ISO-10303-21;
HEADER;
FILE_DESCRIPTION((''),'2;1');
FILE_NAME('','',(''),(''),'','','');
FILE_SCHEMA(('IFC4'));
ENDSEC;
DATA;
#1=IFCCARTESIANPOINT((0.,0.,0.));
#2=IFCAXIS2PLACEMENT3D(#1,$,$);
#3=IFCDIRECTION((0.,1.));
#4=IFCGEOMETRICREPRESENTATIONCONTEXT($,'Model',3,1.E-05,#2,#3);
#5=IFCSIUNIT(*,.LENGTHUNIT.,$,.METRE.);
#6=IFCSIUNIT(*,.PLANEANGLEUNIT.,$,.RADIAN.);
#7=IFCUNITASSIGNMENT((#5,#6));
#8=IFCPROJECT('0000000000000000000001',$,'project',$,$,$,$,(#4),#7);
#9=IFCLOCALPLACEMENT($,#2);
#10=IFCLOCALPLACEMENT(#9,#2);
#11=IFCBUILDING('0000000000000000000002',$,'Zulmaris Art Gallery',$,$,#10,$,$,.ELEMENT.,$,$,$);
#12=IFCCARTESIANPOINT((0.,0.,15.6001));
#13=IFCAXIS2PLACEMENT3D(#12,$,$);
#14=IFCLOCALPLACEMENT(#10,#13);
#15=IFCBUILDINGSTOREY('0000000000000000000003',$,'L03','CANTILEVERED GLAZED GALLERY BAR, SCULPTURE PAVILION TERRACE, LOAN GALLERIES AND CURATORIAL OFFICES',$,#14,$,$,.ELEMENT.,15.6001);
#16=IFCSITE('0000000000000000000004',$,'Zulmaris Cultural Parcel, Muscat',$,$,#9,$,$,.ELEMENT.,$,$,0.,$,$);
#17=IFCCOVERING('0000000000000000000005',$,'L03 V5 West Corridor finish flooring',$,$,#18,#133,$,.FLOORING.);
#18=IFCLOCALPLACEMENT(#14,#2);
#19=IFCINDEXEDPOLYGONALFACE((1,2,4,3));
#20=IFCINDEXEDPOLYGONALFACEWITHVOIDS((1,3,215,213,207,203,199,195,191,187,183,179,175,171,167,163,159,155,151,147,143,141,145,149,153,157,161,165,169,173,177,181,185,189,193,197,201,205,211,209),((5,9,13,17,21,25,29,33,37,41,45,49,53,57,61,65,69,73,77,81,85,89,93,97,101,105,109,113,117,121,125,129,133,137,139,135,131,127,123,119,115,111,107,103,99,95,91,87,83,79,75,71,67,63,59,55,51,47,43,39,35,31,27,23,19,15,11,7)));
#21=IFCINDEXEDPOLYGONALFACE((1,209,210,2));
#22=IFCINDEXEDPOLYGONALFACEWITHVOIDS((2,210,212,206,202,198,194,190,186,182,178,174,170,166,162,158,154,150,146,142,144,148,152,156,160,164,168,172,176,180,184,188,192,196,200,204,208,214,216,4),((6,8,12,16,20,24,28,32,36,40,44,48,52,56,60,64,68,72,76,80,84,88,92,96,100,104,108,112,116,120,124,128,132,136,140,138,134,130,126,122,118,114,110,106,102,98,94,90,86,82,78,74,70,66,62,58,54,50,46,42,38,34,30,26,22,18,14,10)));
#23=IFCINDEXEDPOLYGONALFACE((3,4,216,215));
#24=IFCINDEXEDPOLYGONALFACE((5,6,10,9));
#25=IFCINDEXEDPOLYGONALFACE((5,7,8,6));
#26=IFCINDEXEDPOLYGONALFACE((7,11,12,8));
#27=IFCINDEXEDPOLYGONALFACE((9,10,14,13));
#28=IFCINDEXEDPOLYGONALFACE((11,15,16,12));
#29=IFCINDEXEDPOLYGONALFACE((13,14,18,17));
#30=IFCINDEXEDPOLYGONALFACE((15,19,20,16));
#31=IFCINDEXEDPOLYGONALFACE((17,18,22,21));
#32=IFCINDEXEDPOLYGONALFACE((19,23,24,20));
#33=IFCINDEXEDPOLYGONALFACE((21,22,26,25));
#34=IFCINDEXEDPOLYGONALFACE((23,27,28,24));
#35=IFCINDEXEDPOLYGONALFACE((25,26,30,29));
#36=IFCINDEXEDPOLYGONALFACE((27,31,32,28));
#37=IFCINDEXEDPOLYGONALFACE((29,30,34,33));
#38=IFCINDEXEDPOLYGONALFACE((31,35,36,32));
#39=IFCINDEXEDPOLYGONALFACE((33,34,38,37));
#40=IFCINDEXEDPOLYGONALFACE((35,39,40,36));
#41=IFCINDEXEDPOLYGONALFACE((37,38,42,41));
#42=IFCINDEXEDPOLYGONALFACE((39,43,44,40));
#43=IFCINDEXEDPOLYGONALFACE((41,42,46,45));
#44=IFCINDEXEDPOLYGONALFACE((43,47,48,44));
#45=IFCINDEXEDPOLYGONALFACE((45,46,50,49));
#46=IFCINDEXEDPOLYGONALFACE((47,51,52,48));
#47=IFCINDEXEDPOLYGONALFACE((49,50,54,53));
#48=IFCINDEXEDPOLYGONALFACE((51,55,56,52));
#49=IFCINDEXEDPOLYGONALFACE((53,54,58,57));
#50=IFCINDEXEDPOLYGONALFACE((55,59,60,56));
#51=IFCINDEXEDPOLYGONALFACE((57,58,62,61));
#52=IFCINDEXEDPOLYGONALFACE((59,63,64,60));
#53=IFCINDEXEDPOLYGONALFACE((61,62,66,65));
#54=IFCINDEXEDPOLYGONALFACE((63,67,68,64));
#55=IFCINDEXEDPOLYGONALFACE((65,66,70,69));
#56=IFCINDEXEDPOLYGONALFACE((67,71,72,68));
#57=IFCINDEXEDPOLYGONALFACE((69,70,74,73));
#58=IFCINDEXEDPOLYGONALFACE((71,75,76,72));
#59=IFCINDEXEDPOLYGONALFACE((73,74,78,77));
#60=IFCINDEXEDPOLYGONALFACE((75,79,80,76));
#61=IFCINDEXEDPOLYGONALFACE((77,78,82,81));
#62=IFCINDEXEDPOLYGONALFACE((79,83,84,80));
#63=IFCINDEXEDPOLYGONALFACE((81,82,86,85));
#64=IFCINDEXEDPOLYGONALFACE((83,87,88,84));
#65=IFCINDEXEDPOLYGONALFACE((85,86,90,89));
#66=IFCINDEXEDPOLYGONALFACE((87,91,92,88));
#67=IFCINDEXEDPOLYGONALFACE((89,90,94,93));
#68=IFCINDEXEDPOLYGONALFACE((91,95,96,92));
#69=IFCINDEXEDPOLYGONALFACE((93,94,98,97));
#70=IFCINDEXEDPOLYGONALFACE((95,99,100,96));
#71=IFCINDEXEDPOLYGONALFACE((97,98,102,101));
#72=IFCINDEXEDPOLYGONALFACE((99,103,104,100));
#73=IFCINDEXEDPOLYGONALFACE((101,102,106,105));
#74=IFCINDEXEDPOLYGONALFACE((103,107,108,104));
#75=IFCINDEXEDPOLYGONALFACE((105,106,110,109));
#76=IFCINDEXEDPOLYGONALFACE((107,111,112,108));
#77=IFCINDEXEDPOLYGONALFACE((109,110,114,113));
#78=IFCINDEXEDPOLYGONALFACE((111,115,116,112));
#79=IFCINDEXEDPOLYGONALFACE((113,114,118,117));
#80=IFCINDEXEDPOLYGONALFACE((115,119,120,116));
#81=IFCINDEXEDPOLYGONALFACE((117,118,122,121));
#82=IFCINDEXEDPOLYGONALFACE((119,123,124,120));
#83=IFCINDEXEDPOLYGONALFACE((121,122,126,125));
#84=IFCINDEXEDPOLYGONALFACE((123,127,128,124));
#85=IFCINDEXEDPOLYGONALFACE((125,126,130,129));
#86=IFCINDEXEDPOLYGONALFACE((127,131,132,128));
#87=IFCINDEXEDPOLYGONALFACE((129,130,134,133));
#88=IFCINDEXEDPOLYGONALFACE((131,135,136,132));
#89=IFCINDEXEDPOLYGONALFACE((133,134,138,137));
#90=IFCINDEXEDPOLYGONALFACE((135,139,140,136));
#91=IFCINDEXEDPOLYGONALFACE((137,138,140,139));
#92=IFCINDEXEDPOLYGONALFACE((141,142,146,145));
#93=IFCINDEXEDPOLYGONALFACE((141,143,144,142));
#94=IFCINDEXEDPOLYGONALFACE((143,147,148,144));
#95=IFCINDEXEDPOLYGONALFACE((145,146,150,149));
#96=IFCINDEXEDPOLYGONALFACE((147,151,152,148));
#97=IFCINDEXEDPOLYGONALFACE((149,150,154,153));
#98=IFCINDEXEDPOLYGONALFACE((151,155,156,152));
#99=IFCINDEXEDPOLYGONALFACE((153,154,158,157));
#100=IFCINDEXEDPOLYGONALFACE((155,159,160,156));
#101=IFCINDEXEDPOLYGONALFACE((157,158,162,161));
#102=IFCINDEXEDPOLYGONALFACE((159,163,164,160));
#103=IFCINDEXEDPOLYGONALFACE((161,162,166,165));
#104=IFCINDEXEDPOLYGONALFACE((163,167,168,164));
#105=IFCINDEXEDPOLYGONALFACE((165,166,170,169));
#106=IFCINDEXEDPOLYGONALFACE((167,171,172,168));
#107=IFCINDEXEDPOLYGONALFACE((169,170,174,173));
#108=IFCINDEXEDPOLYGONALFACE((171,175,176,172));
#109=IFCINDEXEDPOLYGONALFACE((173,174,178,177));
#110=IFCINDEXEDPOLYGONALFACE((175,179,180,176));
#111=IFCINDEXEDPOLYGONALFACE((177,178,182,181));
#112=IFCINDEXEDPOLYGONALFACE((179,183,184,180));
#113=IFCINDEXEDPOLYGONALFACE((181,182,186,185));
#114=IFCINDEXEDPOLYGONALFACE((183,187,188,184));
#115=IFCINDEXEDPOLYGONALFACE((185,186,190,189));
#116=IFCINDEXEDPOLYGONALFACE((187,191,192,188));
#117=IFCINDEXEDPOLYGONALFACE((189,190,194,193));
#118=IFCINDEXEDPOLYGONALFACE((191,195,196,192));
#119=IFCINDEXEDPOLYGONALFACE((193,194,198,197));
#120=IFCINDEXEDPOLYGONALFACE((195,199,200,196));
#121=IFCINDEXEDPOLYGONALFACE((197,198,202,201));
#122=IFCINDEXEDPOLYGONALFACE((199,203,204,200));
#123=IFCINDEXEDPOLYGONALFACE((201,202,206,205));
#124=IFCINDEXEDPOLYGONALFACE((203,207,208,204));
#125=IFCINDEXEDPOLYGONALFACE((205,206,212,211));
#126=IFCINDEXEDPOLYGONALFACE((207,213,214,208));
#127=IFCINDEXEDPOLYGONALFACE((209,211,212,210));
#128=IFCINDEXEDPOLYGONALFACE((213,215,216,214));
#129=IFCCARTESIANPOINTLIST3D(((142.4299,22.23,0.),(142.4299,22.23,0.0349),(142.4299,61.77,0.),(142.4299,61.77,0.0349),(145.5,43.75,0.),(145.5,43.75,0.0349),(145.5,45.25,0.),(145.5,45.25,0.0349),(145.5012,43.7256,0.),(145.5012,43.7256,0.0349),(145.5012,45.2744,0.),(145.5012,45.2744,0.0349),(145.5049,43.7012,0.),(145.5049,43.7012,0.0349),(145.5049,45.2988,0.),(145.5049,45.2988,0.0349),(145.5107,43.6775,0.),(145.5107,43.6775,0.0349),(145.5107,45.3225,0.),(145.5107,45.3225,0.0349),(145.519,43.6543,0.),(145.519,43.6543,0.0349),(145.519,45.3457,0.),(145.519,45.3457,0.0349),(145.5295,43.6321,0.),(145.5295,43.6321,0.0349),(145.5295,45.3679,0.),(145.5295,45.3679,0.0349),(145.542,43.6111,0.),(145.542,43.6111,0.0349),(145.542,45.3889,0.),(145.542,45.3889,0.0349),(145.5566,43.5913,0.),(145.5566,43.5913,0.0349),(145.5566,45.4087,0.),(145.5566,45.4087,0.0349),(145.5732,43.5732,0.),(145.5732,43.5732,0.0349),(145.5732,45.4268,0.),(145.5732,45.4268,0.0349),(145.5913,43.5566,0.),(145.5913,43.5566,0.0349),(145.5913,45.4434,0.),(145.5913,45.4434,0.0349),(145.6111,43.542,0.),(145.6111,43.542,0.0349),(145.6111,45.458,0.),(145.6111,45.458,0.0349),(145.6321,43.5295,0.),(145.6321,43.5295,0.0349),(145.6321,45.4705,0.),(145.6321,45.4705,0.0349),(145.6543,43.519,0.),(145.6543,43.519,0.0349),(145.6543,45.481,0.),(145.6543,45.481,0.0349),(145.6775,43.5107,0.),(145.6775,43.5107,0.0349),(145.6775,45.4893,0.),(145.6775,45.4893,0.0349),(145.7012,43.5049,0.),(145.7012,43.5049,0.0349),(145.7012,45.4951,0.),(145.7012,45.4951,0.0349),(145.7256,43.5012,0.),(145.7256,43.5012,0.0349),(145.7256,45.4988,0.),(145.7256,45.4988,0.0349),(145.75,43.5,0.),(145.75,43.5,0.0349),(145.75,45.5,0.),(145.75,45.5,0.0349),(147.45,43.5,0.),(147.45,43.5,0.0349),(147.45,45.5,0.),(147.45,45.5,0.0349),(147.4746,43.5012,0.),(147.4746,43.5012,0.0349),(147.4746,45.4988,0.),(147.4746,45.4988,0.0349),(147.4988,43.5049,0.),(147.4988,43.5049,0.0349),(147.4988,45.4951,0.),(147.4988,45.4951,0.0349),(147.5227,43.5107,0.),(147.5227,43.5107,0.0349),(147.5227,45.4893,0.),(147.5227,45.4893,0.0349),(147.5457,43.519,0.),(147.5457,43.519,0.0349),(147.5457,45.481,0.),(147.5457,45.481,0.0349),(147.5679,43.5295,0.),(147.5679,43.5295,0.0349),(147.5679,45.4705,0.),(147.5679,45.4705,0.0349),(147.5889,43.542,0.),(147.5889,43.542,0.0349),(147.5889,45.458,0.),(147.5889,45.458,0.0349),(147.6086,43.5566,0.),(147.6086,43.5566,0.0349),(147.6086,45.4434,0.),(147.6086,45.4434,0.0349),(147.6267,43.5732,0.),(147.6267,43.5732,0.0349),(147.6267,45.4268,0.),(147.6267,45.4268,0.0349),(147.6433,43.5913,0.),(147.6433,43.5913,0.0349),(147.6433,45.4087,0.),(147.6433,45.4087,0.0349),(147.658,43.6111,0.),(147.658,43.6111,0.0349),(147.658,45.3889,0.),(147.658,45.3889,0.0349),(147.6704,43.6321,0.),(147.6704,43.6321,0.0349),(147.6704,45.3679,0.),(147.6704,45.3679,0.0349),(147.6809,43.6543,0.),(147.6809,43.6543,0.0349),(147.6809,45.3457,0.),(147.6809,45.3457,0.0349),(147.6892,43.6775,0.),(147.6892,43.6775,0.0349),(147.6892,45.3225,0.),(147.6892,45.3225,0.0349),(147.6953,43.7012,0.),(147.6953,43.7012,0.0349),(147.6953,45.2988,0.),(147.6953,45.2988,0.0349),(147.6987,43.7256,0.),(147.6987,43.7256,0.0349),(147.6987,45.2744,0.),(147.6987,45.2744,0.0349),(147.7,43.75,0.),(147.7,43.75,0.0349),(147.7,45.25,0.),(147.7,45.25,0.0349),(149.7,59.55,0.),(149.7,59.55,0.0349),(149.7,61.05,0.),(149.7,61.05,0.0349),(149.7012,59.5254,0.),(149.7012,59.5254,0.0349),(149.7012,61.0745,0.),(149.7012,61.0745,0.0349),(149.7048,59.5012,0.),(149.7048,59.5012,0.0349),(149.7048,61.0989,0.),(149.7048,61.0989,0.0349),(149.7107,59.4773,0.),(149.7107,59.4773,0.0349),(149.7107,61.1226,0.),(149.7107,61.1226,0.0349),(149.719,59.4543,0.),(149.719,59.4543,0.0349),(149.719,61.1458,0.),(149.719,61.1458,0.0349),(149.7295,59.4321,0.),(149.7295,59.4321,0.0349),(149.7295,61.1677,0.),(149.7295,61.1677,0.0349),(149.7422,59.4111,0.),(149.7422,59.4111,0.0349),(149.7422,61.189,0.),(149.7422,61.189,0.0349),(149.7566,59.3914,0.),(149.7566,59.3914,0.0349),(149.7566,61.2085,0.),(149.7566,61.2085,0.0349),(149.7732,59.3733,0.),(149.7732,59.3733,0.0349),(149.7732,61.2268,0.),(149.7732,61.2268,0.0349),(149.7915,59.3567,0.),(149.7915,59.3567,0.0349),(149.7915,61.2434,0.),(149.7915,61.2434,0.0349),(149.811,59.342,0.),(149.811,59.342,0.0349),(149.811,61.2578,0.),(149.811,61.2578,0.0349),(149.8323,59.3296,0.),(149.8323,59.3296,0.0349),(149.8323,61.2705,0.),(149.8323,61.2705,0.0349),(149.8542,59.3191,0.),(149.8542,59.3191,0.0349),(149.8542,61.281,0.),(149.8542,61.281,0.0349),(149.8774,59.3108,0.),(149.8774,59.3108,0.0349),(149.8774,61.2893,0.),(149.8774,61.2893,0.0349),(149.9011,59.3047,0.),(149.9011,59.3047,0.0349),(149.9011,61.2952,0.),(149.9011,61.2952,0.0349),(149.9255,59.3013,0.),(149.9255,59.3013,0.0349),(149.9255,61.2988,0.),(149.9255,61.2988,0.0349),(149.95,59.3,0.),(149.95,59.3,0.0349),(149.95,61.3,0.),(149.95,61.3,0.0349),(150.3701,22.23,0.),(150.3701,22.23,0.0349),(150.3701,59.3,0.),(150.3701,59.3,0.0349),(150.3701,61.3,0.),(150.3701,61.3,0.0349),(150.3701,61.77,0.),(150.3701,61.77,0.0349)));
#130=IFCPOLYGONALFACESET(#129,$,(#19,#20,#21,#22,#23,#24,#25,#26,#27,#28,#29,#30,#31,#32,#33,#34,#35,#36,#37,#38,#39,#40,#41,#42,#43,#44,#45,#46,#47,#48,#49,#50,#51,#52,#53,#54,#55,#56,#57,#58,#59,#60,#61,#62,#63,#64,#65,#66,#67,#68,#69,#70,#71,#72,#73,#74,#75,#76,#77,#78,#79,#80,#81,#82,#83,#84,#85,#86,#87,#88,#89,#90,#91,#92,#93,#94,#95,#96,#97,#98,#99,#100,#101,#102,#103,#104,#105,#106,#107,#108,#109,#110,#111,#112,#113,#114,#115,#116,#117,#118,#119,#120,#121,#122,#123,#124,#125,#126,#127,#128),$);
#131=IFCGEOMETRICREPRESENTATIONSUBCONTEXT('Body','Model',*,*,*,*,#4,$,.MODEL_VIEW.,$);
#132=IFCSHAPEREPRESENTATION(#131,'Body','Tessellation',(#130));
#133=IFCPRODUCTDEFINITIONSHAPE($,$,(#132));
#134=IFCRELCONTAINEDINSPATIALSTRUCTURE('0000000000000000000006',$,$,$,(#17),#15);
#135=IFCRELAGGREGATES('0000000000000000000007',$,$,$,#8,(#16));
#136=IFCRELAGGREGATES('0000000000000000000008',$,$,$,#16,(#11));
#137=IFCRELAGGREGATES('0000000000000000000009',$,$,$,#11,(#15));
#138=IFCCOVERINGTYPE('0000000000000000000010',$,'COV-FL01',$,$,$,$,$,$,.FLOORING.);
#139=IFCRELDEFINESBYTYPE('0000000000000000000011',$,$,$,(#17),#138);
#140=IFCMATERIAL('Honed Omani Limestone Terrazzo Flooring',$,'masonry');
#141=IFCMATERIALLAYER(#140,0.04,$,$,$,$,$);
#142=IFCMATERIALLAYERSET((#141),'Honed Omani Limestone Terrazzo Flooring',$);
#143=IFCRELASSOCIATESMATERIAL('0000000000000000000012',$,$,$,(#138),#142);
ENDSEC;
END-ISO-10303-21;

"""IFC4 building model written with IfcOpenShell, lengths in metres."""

from ifc_helpers import new_model, si_unit, direction, frame, origin, place, context, subcontext, project, spatial, polyline, outline, extrude, material, layer, layer_set, type_object, element, save


model = new_model("IFC4")

# Units and contexts
model_context = context("Model", 3, precision=1e-05, world=origin(), true_north=direction((0.0, 1.0)))
body_context = subcontext(model_context, "Body", "Model", "MODEL_VIEW")
ifc_project = project(units=[si_unit("LENGTHUNIT", "METRE"), si_unit("PLANEANGLEUNIT", "RADIAN")], contexts=[model_context])

# Site, building, storey
site_placement = place(None, origin())
site = spatial("IfcSite", under=ifc_project, at=site_placement, Name="Zulmaris Cultural Parcel, Muscat", CompositionType="ELEMENT", RefElevation=0.0)
building_placement = place(site_placement, origin())
building = spatial("IfcBuilding", under=site, at=building_placement, Name="Zulmaris Art Gallery", CompositionType="ELEMENT")
storey_placement = place(building_placement, frame((0.0, 0.0, 15.6001)))
storey = spatial("IfcBuildingStorey", under=building, at=storey_placement, Name="L03", Description="CANTILEVERED GLAZED GALLERY BAR, SCULPTURE PAVILION TERRACE, LOAN GALLERIES AND CURATORIAL OFFICES", CompositionType="ELEMENT", Elevation=15.6001)

# Covering
ifc_material_1 = material(Name="Honed Omani Limestone Terrazzo Flooring", Category="masonry")
ifc_layer_1 = layer(ifc_material_1, 0.04)
ifc_layer_set_1 = layer_set([ifc_layer_1], Name="Honed Omani Limestone Terrazzo Flooring")
covering_type_1 = type_object("IfcCoveringType", Name="COV-FL01", PredefinedType="FLOORING", material=ifc_layer_set_1)
covering_1_placement = place(storey_placement, origin())
element("IfcCovering", 1, at=covering_1_placement, inside=storey, type_object=covering_type_1, Name="L03 V5 West Corridor finish flooring", PredefinedType="FLOORING", context=body_context, shape_type="SweptSolid", body=[
    extrude(outline(polyline([(150.3701, 61.77), (150.3701, 61.3), (149.95, 61.3), (149.9255, 61.2988), (149.9011, 61.2952), (149.8774, 61.2893), (149.8542, 61.281), (149.8323, 61.2705), (149.811, 61.2578), (149.7915, 61.2434), (149.7732, 61.2268), (149.7566, 61.2085), (149.7422, 61.189), (149.7295, 61.1677), (149.719, 61.1458), (149.7107, 61.1226), (149.7048, 61.0989), (149.7012, 61.0745), (149.7, 61.05), (149.7, 59.55), (149.7012, 59.5254), (149.7048, 59.5012), (149.7107, 59.4773), (149.719, 59.4543), (149.7295, 59.4321), (149.7422, 59.4111), (149.7566, 59.3914), (149.7732, 59.3733), (149.7915, 59.3567), (149.811, 59.342), (149.8323, 59.3296), (149.8542, 59.3191), (149.8774, 59.3108), (149.9011, 59.3047), (149.9255, 59.3013), (149.95, 59.3), (150.3701, 59.3), (150.3701, 22.23), (142.4299, 22.23), (142.4299, 61.77), (150.3701, 61.77)]), holes=[polyline([(145.5012, 43.7256), (145.5049, 43.7012), (145.5107, 43.6775), (145.519, 43.6543), (145.5295, 43.6321), (145.542, 43.6111), (145.5566, 43.5913), (145.5732, 43.5732), (145.5913, 43.5566), (145.6111, 43.542), (145.6321, 43.5295), (145.6543, 43.519), (145.6775, 43.5107), (145.7012, 43.5049), (145.7256, 43.5012), (145.75, 43.5), (147.45, 43.5), (147.4746, 43.5012), (147.4988, 43.5049), (147.5227, 43.5107), (147.5457, 43.519), (147.5679, 43.5295), (147.5889, 43.542), (147.6086, 43.5566), (147.6267, 43.5732), (147.6433, 43.5913), (147.658, 43.6111), (147.6704, 43.6321), (147.6809, 43.6543), (147.6892, 43.6775), (147.6953, 43.7012), (147.6987, 43.7256), (147.7, 43.75), (147.7, 45.25), (147.6987, 45.2744), (147.6953, 45.2988), (147.6892, 45.3225), (147.6809, 45.3457), (147.6704, 45.3679), (147.658, 45.3889), (147.6433, 45.4087), (147.6267, 45.4268), (147.6086, 45.4434), (147.5889, 45.458), (147.5679, 45.4705), (147.5457, 45.481), (147.5227, 45.4893), (147.4988, 45.4951), (147.4746, 45.4988), (147.45, 45.5), (145.75, 45.5), (145.7256, 45.4988), (145.7012, 45.4951), (145.6775, 45.4893), (145.6543, 45.481), (145.6321, 45.4705), (145.6111, 45.458), (145.5913, 45.4434), (145.5732, 45.4268), (145.5566, 45.4087), (145.542, 45.3889), (145.5295, 45.3679), (145.519, 45.3457), (145.5107, 45.3225), (145.5049, 45.2988), (145.5012, 45.2744), (145.5, 45.25), (145.5, 43.75), (145.5012, 43.7256)])]), origin(), (0.0, 0.0, 1.0), 0.0349),
])

save(model, "model.ifc")
